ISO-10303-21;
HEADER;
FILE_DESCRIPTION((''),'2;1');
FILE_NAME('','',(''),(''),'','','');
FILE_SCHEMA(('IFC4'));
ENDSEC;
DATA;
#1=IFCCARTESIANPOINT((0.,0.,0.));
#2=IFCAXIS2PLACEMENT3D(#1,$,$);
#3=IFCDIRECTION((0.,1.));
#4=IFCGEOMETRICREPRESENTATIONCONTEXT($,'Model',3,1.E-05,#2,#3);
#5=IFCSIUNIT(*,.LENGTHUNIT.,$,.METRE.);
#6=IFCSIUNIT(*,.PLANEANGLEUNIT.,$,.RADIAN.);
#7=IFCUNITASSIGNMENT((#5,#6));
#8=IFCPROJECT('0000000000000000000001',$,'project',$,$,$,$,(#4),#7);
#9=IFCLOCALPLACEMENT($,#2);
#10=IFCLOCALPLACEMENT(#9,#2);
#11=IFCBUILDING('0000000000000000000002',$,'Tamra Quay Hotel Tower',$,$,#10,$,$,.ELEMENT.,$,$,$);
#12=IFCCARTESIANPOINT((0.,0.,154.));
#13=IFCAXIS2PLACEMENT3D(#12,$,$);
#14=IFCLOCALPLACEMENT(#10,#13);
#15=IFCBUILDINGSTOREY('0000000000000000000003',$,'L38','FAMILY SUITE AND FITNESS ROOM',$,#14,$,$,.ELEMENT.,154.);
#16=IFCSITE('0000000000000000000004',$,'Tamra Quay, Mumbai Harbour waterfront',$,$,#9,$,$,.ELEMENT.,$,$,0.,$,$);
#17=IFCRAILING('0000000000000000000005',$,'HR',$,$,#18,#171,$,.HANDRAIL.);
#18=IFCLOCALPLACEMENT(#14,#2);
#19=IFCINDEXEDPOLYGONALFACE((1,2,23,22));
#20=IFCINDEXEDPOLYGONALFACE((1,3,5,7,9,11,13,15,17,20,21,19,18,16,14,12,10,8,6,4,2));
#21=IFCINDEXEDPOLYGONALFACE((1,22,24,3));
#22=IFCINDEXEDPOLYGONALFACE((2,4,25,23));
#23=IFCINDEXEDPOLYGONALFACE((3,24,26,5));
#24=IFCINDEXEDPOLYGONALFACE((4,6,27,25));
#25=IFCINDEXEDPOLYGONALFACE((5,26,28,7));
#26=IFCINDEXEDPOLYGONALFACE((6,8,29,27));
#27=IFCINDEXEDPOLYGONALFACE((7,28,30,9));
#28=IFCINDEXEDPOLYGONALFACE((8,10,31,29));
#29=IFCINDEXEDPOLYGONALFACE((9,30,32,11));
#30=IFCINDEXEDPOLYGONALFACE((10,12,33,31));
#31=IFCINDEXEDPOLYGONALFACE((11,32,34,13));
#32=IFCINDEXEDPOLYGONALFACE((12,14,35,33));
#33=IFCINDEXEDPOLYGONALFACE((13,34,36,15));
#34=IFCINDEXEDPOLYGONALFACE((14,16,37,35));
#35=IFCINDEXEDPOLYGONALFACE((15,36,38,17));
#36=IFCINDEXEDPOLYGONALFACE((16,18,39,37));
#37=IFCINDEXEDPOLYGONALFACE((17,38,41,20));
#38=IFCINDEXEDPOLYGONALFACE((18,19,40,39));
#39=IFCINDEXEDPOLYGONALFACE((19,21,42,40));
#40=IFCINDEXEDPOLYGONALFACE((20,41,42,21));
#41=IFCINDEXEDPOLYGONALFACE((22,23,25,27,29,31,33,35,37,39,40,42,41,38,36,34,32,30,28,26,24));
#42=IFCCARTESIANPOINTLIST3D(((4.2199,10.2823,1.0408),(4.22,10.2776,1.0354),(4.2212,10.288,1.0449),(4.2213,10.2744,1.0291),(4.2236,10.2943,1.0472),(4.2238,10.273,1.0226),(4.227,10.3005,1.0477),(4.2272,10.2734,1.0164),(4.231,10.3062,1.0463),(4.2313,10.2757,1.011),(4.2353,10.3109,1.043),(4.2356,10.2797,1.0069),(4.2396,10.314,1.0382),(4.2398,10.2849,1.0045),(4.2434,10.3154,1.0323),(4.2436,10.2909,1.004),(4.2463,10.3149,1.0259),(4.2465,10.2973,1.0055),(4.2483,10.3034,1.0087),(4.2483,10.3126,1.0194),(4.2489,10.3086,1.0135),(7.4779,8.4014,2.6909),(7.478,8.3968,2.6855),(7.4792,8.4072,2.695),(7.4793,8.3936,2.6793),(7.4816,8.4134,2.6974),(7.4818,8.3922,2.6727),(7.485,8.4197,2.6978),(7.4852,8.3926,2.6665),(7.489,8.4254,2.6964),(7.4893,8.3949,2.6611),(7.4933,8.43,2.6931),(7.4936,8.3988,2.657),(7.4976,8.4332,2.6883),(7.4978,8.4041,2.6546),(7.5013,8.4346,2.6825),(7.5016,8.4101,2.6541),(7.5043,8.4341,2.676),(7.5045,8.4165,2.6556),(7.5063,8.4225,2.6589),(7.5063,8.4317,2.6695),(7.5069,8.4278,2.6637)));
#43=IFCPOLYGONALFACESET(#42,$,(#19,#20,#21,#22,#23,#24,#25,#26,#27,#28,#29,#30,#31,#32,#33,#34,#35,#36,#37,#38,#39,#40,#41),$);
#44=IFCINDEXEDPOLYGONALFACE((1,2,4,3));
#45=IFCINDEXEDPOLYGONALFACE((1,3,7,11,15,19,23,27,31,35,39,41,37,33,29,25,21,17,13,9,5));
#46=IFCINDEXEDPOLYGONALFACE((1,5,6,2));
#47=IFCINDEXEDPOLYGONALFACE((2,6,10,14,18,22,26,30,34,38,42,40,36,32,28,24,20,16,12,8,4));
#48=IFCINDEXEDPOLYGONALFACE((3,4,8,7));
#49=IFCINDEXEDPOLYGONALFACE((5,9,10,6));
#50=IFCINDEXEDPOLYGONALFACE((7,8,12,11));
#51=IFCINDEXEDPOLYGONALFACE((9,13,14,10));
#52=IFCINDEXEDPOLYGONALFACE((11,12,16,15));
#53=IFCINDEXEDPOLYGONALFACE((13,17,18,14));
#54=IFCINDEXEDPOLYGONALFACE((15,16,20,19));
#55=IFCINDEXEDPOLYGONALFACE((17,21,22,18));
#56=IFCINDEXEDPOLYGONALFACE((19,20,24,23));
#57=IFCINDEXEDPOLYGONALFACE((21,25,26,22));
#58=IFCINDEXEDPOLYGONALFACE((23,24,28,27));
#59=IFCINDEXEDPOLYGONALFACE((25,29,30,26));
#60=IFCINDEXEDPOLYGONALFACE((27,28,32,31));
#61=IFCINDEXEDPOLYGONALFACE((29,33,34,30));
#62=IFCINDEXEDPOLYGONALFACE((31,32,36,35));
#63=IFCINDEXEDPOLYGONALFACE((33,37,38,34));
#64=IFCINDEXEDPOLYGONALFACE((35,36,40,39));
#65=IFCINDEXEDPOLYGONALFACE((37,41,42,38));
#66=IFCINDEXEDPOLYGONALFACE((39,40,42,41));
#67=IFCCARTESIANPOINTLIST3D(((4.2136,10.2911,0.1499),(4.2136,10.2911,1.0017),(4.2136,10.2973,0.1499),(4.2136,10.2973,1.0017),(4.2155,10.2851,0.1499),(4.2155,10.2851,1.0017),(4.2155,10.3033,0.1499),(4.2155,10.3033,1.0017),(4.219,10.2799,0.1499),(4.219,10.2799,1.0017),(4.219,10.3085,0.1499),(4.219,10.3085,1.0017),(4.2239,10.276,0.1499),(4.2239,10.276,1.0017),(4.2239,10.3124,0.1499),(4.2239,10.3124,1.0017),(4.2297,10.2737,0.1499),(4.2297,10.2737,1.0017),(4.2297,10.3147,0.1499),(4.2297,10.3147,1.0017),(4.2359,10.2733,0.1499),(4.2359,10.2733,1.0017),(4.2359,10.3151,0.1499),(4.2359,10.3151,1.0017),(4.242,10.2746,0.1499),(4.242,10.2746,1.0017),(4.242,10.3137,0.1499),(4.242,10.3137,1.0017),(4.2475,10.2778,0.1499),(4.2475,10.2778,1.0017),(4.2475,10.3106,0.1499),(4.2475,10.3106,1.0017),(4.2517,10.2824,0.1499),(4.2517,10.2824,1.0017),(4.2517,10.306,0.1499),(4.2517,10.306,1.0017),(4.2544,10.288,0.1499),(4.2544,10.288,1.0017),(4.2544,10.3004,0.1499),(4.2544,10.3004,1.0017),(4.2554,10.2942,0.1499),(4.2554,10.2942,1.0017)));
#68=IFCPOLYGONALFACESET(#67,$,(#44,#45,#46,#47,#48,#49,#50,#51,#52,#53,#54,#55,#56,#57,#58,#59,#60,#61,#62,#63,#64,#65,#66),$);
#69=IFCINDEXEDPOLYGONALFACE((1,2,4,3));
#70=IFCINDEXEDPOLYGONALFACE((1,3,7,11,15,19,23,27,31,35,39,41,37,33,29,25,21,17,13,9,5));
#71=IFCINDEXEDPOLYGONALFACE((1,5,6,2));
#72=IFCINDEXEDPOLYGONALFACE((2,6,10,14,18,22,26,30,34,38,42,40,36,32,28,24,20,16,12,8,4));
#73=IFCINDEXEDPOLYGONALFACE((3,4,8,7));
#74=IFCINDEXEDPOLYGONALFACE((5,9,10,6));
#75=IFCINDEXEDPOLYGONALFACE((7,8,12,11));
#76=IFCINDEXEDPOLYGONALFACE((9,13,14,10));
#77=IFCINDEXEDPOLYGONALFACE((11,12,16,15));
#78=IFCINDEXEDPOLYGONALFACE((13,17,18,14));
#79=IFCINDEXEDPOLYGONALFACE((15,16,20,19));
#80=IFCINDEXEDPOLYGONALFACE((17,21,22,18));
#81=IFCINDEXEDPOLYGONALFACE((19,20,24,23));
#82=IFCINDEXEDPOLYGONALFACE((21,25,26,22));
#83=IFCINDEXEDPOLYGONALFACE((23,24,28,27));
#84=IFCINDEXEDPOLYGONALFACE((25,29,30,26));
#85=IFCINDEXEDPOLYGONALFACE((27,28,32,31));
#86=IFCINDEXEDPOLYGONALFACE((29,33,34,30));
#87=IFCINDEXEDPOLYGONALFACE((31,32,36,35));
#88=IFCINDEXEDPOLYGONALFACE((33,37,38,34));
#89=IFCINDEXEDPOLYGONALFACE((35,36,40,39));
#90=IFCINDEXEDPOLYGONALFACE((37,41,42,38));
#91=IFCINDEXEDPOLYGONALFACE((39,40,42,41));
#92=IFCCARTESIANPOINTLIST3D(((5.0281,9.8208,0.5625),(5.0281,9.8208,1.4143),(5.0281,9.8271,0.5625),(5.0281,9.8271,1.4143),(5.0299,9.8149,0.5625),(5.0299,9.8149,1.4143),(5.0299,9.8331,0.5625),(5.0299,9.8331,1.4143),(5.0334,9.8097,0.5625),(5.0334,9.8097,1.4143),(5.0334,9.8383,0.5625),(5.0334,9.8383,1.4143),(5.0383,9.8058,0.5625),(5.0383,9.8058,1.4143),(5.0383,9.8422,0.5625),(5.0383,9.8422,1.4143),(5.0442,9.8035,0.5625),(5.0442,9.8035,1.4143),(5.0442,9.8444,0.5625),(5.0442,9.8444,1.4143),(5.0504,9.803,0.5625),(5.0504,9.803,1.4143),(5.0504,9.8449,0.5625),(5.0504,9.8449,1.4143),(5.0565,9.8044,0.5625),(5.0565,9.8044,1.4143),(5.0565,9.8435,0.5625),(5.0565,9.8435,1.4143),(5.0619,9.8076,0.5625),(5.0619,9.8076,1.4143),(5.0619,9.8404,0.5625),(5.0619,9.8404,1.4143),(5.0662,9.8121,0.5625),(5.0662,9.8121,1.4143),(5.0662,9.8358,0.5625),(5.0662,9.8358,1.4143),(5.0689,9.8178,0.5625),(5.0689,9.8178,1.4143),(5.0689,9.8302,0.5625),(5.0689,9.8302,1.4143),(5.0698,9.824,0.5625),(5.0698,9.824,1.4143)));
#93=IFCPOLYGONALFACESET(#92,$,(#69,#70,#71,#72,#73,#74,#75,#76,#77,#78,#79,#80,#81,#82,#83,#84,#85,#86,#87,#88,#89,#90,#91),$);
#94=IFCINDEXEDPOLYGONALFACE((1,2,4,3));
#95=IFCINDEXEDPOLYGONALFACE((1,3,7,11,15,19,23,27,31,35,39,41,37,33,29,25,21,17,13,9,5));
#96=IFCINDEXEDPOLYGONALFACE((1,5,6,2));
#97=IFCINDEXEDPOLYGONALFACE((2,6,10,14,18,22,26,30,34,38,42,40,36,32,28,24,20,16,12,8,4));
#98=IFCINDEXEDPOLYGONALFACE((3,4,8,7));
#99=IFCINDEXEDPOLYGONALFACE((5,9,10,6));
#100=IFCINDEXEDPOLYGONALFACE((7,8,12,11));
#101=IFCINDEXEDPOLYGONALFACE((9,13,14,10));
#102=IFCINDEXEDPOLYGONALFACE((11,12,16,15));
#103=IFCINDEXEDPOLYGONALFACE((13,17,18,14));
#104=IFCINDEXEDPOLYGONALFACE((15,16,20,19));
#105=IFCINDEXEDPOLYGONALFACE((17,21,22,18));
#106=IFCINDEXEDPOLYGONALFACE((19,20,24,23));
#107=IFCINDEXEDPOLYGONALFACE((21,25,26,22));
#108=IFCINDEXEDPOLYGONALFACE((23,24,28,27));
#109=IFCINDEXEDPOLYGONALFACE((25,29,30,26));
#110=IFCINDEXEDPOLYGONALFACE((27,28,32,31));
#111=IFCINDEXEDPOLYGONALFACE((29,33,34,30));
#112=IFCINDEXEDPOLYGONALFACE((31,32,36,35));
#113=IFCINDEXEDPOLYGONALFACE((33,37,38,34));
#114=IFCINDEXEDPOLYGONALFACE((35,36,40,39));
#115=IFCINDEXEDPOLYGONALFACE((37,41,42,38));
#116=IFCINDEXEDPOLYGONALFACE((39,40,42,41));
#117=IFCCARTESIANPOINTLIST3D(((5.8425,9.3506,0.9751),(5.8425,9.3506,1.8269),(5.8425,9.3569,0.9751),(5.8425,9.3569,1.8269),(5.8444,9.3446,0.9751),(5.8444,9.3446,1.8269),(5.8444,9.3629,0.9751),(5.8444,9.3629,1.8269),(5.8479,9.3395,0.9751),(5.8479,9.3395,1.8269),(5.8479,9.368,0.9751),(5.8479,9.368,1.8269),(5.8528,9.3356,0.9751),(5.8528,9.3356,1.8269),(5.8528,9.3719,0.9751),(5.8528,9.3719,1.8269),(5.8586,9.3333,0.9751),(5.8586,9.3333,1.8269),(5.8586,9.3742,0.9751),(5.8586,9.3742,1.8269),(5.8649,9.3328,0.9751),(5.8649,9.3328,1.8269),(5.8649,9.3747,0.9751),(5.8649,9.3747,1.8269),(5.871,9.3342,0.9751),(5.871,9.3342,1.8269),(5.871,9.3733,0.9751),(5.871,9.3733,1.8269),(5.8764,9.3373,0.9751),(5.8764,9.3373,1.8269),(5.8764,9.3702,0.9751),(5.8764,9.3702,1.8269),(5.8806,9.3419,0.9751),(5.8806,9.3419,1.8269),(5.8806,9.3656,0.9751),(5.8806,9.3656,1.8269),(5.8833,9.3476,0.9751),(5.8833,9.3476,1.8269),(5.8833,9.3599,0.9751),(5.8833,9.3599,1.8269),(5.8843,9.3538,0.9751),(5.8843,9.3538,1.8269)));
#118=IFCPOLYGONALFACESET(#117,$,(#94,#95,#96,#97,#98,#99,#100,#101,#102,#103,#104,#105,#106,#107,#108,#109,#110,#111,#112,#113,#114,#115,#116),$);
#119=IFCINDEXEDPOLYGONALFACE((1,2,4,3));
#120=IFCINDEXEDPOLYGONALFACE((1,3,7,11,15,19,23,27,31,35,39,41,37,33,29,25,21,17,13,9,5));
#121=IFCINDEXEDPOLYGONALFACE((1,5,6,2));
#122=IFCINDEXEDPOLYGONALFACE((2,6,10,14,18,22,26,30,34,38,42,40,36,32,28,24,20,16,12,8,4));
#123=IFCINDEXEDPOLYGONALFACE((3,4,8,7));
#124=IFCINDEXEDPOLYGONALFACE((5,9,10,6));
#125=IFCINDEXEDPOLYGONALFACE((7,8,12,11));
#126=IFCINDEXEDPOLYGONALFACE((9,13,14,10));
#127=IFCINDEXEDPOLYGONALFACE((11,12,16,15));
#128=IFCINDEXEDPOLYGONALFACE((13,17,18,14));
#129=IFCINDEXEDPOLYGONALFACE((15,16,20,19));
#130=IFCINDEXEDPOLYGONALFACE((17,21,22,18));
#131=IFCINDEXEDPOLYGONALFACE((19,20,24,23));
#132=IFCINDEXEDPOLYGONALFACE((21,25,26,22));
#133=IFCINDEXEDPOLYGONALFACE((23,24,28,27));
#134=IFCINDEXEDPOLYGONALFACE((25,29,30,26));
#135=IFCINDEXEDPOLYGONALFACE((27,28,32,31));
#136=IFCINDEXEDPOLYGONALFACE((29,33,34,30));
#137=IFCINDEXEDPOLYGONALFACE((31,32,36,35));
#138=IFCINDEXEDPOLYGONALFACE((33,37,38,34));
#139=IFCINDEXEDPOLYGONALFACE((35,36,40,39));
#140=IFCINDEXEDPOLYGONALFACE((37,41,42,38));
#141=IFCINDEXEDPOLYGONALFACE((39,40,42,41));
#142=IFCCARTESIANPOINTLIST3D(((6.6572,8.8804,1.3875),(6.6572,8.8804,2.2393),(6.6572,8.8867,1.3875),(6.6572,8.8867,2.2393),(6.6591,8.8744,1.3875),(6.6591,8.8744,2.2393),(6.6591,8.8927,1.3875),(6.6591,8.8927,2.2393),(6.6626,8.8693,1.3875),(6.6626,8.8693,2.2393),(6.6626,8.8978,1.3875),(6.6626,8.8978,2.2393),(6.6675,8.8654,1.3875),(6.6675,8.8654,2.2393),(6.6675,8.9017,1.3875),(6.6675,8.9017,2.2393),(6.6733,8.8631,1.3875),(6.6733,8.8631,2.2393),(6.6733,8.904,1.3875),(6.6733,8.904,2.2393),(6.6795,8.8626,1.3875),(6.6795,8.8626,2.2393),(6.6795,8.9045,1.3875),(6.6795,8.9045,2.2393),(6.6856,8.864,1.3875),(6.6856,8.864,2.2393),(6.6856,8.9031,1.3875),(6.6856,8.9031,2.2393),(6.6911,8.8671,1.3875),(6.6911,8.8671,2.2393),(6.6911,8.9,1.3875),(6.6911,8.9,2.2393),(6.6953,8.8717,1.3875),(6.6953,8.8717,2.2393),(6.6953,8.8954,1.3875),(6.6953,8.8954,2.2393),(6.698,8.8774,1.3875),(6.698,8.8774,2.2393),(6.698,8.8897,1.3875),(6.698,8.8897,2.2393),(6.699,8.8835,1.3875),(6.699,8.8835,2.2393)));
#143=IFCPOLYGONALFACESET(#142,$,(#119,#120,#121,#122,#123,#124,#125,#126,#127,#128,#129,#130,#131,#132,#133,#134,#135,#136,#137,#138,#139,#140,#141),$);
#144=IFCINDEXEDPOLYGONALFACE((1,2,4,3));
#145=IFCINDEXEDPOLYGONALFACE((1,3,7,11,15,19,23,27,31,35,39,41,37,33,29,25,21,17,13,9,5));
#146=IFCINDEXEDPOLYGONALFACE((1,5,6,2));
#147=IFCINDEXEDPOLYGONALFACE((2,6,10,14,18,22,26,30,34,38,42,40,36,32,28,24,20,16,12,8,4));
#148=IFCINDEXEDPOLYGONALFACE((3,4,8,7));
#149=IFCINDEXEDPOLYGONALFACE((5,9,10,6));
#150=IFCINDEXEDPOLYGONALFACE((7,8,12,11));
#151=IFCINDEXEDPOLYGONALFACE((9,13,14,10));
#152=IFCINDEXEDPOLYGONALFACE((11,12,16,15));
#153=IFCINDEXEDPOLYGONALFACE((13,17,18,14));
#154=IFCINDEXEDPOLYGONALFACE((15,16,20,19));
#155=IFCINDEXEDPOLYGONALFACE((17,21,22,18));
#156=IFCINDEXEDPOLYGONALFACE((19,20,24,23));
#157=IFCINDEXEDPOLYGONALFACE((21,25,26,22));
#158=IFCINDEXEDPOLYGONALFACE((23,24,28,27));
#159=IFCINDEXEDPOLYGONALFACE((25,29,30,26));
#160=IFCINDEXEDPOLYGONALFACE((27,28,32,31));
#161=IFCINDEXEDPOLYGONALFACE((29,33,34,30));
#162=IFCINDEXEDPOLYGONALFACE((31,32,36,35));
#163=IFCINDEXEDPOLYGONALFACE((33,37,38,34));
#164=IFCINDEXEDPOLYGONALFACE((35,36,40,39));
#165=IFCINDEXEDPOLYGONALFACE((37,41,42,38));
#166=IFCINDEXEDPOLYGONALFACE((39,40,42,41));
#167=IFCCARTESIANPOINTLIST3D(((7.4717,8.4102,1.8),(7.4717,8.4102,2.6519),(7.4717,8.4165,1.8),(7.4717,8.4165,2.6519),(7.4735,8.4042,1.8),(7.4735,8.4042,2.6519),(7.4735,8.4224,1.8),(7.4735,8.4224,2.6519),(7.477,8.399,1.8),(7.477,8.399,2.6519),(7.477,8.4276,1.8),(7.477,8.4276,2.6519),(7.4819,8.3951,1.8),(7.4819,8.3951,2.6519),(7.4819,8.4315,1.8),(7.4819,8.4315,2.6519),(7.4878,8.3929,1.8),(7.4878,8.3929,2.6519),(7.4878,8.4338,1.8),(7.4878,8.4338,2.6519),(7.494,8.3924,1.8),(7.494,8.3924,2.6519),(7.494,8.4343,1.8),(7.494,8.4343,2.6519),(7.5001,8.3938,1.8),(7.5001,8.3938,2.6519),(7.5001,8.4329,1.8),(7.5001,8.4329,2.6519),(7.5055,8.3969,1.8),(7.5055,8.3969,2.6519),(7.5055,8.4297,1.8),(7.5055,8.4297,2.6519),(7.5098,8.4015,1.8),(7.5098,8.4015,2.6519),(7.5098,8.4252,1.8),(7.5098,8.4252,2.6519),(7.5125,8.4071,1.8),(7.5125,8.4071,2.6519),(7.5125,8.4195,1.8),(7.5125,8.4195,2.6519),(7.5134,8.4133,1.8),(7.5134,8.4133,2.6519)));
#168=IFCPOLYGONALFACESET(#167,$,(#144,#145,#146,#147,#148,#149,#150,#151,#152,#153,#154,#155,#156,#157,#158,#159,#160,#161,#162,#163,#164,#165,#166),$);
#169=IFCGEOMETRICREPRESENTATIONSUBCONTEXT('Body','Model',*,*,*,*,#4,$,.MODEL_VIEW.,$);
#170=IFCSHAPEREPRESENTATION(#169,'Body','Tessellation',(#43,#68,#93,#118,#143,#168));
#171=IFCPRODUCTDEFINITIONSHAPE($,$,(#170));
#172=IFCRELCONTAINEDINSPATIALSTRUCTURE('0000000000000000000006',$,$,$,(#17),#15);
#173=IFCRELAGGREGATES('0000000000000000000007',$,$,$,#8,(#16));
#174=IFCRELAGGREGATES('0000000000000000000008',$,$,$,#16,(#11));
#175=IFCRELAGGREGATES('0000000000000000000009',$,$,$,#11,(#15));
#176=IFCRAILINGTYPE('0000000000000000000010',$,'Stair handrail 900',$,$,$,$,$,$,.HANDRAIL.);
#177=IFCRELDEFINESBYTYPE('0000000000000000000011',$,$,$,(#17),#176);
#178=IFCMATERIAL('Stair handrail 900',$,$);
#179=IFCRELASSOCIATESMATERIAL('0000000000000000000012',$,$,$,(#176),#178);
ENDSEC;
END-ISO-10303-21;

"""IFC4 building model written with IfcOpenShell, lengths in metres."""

from ifc_helpers import new_model, si_unit, direction, frame, origin, origin_2d, place, context, subcontext, project, spatial, circle, extrude, material, type_object, element, save


model = new_model("IFC4")

# Units and contexts
model_context = context("Model", 3, precision=1e-05, world=origin(), true_north=direction((0.0, 1.0)))
body_context = subcontext(model_context, "Body", "Model", "MODEL_VIEW")
ifc_project = project(units=[si_unit("LENGTHUNIT", "METRE"), si_unit("PLANEANGLEUNIT", "RADIAN")], contexts=[model_context])

# Site, building, storey
site_placement = place(None, origin())
site = spatial("IfcSite", under=ifc_project, at=site_placement, Name="Tamra Quay, Mumbai Harbour waterfront", CompositionType="ELEMENT", RefElevation=0.0)
building_placement = place(site_placement, origin())
building = spatial("IfcBuilding", under=site, at=building_placement, Name="Tamra Quay Hotel Tower", CompositionType="ELEMENT")
storey_placement = place(building_placement, frame((0.0, 0.0, 154.0)))
storey = spatial("IfcBuildingStorey", under=building, at=storey_placement, Name="L38", Description="FAMILY SUITE AND FITNESS ROOM", CompositionType="ELEMENT", Elevation=154.0)

# Railing
ifc_material_1 = material(Name="Stair handrail 900")
railing_type_1 = type_object("IfcRailingType", Name="Stair handrail 900", PredefinedType="HANDRAIL", material=ifc_material_1)
railing_1_placement = place(storey_placement, frame((4.2344, 10.2942, 0.1499)))
element("IfcRailing", 1, at=railing_1_placement, inside=storey, type_object=railing_type_1, Name="HR", PredefinedType="HANDRAIL", context=body_context, shape_type="SweptSolid", body=[
    extrude(circle(Radius=0.0239, at=origin_2d()), frame((0.0, 0.0, 0.876), z_axis=(0.793103, -0.457854, 0.401692), x_axis=(0.499964, 0.866046, 0.0)), (0.0, 0.0, 1.0), 4.1079),
    extrude(circle(Radius=0.021, at=origin_2d()), origin(), (0.0, 0.0, 1.0), 0.8518),
    extrude(circle(Radius=0.021, at=origin_2d()), frame((0.8145, -0.4702, 0.4126)), (0.0, 0.0, 1.0), 0.8518),
    extrude(circle(Radius=0.021, at=origin_2d()), frame((1.6289, -0.9404, 0.8252)), (0.0, 0.0, 1.0), 0.8518),
    extrude(circle(Radius=0.021, at=origin_2d()), frame((2.4436, -1.4106, 1.2375)), (0.0, 0.0, 1.0), 0.8518),
    extrude(circle(Radius=0.021, at=origin_2d()), frame((3.2581, -1.8809, 1.6501)), (0.0, 0.0, 1.0), 0.8518),
])

save(model, "model.ifc")
